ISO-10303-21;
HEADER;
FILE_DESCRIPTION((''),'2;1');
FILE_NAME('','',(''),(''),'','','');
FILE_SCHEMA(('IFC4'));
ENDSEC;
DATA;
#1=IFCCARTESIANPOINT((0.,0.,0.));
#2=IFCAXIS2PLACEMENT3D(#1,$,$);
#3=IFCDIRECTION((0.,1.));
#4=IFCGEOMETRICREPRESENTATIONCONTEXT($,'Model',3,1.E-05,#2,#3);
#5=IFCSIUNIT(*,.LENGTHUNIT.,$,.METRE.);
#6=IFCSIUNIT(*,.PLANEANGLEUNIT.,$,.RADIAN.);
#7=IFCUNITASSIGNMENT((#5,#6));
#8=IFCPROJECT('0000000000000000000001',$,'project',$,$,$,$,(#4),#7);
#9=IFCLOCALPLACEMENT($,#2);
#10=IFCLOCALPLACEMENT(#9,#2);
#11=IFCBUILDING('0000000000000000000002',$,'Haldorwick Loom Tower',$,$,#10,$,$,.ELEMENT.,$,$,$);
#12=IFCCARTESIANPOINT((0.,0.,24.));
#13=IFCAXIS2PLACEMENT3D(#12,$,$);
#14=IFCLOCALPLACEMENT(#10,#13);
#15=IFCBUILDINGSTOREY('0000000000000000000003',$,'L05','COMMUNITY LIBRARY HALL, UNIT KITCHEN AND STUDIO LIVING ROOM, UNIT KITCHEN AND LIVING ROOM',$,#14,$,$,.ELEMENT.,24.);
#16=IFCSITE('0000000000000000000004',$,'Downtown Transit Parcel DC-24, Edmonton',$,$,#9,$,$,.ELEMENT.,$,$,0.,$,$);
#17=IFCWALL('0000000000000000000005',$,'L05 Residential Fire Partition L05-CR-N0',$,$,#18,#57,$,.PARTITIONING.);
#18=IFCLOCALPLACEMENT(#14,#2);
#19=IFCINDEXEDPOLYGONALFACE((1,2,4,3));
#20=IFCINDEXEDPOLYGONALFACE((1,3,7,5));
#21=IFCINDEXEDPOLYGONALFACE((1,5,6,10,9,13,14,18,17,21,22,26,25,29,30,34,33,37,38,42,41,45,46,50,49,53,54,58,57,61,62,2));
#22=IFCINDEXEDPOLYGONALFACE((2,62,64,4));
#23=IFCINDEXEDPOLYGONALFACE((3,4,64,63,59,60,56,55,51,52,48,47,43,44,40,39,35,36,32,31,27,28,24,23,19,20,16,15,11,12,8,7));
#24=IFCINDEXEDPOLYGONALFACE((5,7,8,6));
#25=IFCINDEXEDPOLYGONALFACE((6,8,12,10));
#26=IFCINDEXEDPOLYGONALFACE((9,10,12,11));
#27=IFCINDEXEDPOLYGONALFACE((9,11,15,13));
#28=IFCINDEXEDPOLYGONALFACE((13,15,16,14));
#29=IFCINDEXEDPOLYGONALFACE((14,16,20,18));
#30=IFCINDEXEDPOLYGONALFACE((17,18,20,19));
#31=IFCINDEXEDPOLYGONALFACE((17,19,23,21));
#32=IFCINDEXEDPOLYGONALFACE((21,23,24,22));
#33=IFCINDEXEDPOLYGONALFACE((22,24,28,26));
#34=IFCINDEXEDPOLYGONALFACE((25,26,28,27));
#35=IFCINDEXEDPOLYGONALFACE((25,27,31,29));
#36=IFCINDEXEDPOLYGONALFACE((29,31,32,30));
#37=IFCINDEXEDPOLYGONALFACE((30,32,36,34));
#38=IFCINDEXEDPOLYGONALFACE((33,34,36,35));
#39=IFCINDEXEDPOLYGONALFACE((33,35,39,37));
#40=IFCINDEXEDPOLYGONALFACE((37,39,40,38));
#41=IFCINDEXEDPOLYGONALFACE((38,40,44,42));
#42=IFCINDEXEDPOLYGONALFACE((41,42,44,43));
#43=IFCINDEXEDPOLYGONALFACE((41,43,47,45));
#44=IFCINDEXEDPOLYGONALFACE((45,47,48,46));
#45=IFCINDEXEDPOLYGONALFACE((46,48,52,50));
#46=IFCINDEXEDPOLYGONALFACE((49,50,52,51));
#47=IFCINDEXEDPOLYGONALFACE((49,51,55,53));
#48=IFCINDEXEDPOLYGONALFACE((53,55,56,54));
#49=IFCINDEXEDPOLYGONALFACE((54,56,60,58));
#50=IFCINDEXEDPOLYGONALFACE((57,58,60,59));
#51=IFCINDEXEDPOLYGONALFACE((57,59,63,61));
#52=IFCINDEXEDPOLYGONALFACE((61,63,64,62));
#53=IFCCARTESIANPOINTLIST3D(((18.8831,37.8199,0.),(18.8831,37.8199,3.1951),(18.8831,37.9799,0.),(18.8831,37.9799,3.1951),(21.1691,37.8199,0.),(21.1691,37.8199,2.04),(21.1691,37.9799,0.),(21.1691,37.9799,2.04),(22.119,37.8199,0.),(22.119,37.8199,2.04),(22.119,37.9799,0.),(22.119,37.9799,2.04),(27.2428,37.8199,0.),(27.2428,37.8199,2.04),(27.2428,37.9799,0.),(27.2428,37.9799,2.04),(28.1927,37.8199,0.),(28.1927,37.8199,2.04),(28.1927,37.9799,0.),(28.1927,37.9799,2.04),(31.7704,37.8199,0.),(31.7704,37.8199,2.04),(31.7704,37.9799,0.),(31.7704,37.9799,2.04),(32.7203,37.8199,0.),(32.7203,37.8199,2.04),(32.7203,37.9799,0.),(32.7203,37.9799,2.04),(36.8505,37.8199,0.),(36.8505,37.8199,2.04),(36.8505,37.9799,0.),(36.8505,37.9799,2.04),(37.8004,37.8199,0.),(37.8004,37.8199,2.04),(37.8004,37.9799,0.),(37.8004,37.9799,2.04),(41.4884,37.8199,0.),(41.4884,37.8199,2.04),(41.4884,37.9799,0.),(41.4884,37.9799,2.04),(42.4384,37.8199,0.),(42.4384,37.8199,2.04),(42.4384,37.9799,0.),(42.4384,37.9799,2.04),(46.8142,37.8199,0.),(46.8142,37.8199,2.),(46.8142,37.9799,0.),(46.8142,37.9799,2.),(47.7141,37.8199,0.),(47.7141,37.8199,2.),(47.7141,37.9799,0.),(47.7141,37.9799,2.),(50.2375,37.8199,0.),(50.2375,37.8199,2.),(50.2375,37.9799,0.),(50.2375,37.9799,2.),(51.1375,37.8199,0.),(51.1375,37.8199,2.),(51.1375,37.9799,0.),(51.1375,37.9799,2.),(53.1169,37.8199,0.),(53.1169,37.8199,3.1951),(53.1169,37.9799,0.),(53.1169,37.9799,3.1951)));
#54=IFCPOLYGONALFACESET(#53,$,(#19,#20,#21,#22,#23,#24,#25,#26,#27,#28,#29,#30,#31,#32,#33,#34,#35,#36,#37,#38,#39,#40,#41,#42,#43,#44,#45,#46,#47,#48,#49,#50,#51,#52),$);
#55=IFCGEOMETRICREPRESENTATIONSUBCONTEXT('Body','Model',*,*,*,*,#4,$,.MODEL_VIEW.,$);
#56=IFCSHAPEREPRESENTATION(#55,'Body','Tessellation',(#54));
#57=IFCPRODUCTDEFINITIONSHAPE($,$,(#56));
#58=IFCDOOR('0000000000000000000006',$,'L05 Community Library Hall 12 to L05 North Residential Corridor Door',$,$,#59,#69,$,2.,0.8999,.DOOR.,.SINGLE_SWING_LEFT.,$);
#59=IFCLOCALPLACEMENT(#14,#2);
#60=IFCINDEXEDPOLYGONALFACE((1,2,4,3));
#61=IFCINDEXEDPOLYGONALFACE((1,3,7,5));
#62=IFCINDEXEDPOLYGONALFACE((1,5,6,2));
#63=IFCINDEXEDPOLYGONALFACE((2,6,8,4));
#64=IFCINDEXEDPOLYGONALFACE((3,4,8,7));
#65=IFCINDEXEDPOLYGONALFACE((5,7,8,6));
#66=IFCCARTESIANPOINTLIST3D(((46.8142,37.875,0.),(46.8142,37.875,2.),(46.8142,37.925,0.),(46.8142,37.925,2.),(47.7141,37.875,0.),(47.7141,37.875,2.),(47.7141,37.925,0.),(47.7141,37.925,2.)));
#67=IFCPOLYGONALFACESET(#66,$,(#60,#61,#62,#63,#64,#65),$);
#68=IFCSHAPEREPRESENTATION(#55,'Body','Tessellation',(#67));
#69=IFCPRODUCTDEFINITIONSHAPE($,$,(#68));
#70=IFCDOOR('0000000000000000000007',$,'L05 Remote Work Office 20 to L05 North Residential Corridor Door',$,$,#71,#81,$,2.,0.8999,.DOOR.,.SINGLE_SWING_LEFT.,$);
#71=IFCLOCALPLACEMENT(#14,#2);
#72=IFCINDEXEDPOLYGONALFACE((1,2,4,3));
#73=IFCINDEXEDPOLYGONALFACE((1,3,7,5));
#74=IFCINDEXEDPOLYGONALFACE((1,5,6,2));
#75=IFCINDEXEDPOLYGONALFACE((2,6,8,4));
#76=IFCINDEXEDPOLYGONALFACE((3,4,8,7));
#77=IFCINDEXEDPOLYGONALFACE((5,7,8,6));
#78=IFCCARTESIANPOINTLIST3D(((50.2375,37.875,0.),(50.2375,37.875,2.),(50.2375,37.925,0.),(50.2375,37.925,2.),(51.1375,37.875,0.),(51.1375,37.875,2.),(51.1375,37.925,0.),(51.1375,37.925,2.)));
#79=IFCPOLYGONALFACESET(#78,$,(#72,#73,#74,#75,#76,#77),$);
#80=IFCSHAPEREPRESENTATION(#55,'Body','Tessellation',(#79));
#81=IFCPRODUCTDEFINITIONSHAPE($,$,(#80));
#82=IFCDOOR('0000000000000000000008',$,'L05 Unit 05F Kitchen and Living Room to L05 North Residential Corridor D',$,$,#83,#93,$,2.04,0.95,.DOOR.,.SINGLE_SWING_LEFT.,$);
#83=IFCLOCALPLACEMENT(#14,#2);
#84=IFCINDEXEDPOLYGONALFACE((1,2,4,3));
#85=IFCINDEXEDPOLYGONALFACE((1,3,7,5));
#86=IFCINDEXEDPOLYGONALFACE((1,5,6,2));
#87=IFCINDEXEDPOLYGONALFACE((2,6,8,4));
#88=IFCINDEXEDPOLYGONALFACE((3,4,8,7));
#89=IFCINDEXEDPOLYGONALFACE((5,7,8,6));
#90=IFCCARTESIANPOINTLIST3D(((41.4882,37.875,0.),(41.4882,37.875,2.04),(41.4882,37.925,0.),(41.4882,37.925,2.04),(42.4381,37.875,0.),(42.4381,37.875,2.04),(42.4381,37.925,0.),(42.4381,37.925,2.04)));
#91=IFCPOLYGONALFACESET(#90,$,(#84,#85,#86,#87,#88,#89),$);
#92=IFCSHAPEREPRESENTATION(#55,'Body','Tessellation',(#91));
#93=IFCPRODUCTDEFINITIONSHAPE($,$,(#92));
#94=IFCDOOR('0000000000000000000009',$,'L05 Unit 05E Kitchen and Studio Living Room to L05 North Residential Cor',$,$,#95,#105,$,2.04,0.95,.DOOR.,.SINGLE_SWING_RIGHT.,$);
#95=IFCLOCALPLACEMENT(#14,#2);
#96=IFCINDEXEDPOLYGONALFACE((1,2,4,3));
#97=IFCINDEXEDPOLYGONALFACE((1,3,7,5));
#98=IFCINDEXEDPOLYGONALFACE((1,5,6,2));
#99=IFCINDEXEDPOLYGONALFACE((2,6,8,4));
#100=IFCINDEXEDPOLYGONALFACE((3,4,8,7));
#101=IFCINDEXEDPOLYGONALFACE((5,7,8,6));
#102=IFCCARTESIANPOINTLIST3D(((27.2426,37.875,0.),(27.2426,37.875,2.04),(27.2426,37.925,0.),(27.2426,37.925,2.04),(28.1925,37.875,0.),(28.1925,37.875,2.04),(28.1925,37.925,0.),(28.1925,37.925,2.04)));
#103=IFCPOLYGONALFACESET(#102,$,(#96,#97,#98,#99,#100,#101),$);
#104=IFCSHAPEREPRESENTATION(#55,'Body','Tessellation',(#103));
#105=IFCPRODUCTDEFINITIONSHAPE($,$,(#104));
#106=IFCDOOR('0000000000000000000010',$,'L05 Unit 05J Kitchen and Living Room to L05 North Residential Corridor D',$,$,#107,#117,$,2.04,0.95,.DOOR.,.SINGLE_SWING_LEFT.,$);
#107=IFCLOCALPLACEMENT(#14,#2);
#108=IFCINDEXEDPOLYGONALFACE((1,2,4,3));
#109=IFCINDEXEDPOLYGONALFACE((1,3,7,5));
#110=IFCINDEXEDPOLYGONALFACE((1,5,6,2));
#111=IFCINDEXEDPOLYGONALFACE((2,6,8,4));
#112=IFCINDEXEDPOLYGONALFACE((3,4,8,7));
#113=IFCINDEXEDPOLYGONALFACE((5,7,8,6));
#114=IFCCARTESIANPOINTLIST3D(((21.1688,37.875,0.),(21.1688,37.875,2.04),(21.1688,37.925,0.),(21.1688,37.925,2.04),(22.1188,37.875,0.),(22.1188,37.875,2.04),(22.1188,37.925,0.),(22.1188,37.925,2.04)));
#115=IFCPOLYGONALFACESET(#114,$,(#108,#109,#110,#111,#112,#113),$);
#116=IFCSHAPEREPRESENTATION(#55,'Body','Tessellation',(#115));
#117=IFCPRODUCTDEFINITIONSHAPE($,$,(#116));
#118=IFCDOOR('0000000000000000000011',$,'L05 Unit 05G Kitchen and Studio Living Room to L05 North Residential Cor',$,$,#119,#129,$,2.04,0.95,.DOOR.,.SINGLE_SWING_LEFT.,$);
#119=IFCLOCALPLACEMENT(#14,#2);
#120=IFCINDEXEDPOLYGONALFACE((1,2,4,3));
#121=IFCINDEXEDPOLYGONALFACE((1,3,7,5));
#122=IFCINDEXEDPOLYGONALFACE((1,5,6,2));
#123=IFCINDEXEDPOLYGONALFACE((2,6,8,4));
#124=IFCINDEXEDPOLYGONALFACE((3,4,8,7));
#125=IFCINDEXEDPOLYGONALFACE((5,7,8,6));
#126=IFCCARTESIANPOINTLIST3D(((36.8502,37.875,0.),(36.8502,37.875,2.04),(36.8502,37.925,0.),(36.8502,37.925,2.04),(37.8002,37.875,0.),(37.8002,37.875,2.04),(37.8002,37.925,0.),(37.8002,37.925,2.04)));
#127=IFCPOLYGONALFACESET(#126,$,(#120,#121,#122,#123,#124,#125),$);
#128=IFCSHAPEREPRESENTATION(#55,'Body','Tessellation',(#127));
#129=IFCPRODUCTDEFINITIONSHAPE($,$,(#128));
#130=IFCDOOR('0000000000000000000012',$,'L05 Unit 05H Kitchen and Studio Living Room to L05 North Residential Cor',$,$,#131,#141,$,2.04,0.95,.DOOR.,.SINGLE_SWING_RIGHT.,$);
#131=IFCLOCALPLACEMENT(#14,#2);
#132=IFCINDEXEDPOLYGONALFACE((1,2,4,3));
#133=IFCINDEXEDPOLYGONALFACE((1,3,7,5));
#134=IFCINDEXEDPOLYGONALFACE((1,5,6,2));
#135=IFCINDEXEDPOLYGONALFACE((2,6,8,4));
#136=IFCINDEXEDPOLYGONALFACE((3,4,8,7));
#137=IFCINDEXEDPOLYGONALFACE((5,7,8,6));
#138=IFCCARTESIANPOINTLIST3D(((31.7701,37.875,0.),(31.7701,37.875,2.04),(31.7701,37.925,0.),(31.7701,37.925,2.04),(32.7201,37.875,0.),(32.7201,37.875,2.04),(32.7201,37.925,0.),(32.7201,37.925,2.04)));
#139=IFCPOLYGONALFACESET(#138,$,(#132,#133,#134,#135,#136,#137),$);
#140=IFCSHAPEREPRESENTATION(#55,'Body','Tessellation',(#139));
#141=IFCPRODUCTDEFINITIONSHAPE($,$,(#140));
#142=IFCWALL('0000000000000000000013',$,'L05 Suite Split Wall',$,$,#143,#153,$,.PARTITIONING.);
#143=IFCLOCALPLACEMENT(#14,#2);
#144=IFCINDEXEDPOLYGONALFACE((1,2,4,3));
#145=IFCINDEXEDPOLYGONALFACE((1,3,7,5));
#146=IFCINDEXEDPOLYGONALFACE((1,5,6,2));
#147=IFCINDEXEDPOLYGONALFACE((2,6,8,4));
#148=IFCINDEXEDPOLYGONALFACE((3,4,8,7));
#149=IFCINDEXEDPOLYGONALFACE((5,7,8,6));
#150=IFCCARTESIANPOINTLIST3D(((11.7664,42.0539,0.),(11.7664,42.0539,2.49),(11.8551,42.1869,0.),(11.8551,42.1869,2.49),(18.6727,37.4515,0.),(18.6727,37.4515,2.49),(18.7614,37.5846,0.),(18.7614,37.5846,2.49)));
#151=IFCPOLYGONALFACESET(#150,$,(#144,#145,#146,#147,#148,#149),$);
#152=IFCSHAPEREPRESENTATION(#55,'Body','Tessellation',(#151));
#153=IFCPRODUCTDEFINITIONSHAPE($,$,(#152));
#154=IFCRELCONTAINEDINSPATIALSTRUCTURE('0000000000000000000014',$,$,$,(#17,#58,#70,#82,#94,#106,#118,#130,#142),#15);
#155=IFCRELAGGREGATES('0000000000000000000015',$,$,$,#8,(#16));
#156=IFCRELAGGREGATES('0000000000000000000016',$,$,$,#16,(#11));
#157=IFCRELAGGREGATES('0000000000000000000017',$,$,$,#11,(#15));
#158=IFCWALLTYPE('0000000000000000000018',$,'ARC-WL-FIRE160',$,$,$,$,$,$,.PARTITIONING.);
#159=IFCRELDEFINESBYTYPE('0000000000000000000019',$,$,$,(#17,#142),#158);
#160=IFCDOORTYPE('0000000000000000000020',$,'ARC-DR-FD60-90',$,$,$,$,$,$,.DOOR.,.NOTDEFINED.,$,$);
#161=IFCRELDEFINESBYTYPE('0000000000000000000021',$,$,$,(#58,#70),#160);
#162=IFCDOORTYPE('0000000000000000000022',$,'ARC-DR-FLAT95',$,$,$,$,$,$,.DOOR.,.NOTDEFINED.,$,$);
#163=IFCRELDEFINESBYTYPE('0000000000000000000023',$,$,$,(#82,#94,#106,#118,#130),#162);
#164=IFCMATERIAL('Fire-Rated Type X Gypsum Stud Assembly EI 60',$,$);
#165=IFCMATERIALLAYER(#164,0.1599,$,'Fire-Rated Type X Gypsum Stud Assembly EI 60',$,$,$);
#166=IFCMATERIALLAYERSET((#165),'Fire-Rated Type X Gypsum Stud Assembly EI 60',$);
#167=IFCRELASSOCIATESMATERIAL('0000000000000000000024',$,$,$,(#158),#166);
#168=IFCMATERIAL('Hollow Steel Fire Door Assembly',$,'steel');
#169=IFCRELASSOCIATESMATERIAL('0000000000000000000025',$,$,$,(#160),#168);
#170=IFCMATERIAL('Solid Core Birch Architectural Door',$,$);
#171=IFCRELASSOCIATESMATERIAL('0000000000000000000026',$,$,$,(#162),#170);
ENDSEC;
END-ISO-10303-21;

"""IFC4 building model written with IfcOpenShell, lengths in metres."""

from ifc_helpers import new_model, si_unit, direction, frame, frame_2d, origin, place, context, subcontext, project, spatial, rectangle, extrude, material, layer, layer_set, type_object, element, fill, save


model = new_model("IFC4")

# Units and contexts
model_context = context("Model", 3, precision=1e-05, world=origin(), true_north=direction((0.0, 1.0)))
body_context = subcontext(model_context, "Body", "Model", "MODEL_VIEW")
ifc_project = project(units=[si_unit("LENGTHUNIT", "METRE"), si_unit("PLANEANGLEUNIT", "RADIAN")], contexts=[model_context])

# Site, building, storey
site_placement = place(None, origin())
site = spatial("IfcSite", under=ifc_project, at=site_placement, Name="Downtown Transit Parcel DC-24, Edmonton", CompositionType="ELEMENT", RefElevation=0.0)
building_placement = place(site_placement, origin())
building = spatial("IfcBuilding", under=site, at=building_placement, Name="Haldorwick Loom Tower", CompositionType="ELEMENT")
storey_placement = place(building_placement, frame((0.0, 0.0, 24.0)))
storey = spatial("IfcBuildingStorey", under=building, at=storey_placement, Name="L05", Description="COMMUNITY LIBRARY HALL, UNIT KITCHEN AND STUDIO LIVING ROOM, UNIT KITCHEN AND LIVING ROOM", CompositionType="ELEMENT", Elevation=24.0)

# Wall, openings, doors
ifc_material_1 = material(Name="Fire-Rated Type X Gypsum Stud Assembly EI 60")
ifc_layer_1 = layer(ifc_material_1, 0.1599, Name="Fire-Rated Type X Gypsum Stud Assembly EI 60")
ifc_layer_set_1 = layer_set([ifc_layer_1], Name="Fire-Rated Type X Gypsum Stud Assembly EI 60")
wall_type_1 = type_object("IfcWallType", Name="ARC-WL-FIRE160", PredefinedType="PARTITIONING", material=ifc_layer_set_1)
wall_1_placement = place(storey_placement, frame((18.8831, 37.8999, 0.0), z_axis=(0.0, 0.0, 1.0), x_axis=(1.0, 0.0, 0.0)))
wall_1 = element("IfcWall", 1, at=wall_1_placement, inside=storey, type_object=wall_type_1, Name="L05 Residential Fire Partition L05-CR-N0", PredefinedType="PARTITIONING", context=body_context, shape_type="SweptSolid", body=[
    extrude(rectangle(XDim=34.2339, YDim=0.1599, at=frame_2d((17.1169, 0.0))), origin(), (0.0, 0.0, 1.0), 3.1951),
])
opening_1_placement = place(wall_1_placement, frame((22.6052, 0.0, 0.0)))
opening_1 = element("IfcOpeningElement", 2, at=opening_1_placement, cuts=wall_1, PredefinedType="OPENING", context=body_context, shape_type="SweptSolid", body=[
    extrude(rectangle(XDim=0.95, YDim=2.04, at=frame_2d((0.4751, 1.02))), frame((0.0, 0.0898, 0.0), z_axis=(0.0, -1.0, 0.0), x_axis=(1.0, 0.0, 0.0)), (0.0, 0.0, 1.0), 0.1799),
])
opening_2_placement = place(wall_1_placement, frame((8.3596, 0.0, 0.0)))
opening_2 = element("IfcOpeningElement", 3, at=opening_2_placement, cuts=wall_1, PredefinedType="OPENING", context=body_context, shape_type="SweptSolid", body=[
    extrude(rectangle(XDim=0.95, YDim=2.04, at=frame_2d((0.4751, 1.02))), frame((0.0, 0.0898, 0.0), z_axis=(0.0, -1.0, 0.0), x_axis=(1.0, 0.0, 0.0)), (0.0, 0.0, 1.0), 0.1799),
])
opening_3_placement = place(wall_1_placement, frame((2.2859, 0.0, 0.0)))
opening_3 = element("IfcOpeningElement", 4, at=opening_3_placement, cuts=wall_1, PredefinedType="OPENING", context=body_context, shape_type="SweptSolid", body=[
    extrude(rectangle(XDim=0.95, YDim=2.04, at=frame_2d((0.4751, 1.02))), frame((0.0, 0.0898, 0.0), z_axis=(0.0, -1.0, 0.0), x_axis=(1.0, 0.0, 0.0)), (0.0, 0.0, 1.0), 0.1799),
])
opening_4_placement = place(wall_1_placement, frame((27.9312, 0.0, 0.0)))
opening_4 = element("IfcOpeningElement", 5, at=opening_4_placement, cuts=wall_1, PredefinedType="OPENING", context=body_context, shape_type="SweptSolid", body=[
    extrude(rectangle(XDim=0.8999, YDim=2.0, at=frame_2d((0.45, 1.0))), frame((0.0, 0.0898, 0.0), z_axis=(0.0, -1.0, 0.0), x_axis=(1.0, 0.0, 0.0)), (0.0, 0.0, 1.0), 0.1799),
])
opening_5_placement = place(wall_1_placement, frame((31.3545, 0.0, 0.0)))
opening_5 = element("IfcOpeningElement", 6, at=opening_5_placement, cuts=wall_1, PredefinedType="OPENING", context=body_context, shape_type="SweptSolid", body=[
    extrude(rectangle(XDim=0.8999, YDim=2.0, at=frame_2d((0.45, 1.0))), frame((0.0, 0.0898, 0.0), z_axis=(0.0, -1.0, 0.0), x_axis=(1.0, 0.0, 0.0)), (0.0, 0.0, 1.0), 0.1799),
])
opening_6_placement = place(wall_1_placement, frame((17.9673, 0.0, 0.0)))
opening_6 = element("IfcOpeningElement", 7, at=opening_6_placement, cuts=wall_1, PredefinedType="OPENING", context=body_context, shape_type="SweptSolid", body=[
    extrude(rectangle(XDim=0.95, YDim=2.04, at=frame_2d((0.4751, 1.02))), frame((0.0, 0.0898, 0.0), z_axis=(0.0, -1.0, 0.0), x_axis=(1.0, 0.0, 0.0)), (0.0, 0.0, 1.0), 0.1799),
])
opening_7_placement = place(wall_1_placement, frame((12.8872, 0.0, 0.0)))
opening_7 = element("IfcOpeningElement", 8, at=opening_7_placement, cuts=wall_1, PredefinedType="OPENING", context=body_context, shape_type="SweptSolid", body=[
    extrude(rectangle(XDim=0.95, YDim=2.04, at=frame_2d((0.4751, 1.02))), frame((0.0, 0.0898, 0.0), z_axis=(0.0, -1.0, 0.0), x_axis=(1.0, 0.0, 0.0)), (0.0, 0.0, 1.0), 0.1799),
])
ifc_material_2 = material(Name="Hollow Steel Fire Door Assembly", Category="steel")
door_type_1 = type_object("IfcDoorType", Name="ARC-DR-FD60-90", OperationType="NOTDEFINED", PredefinedType="DOOR", material=ifc_material_2)
door_1_placement = place(opening_4_placement, frame((0.8999, 0.0, 0.0), z_axis=(0.0, 0.0, 1.0), x_axis=(-1.0, 0.0, 0.0)))
door_1 = element("IfcDoor", 9, at=door_1_placement, inside=storey, type_object=door_type_1, Name="L05 Community Library Hall 12 to L05 North Residential Corridor Door", OperationType="SINGLE_SWING_LEFT", OverallHeight=2.0, OverallWidth=0.8999, PredefinedType="DOOR", context=body_context, shape_type="SweptSolid", body=[
    extrude(rectangle(XDim=0.8999, YDim=2.0, at=frame_2d((0.45, 1.0))), frame((0.0, 0.0249, 0.0), z_axis=(0.0, -1.0, 0.0), x_axis=(1.0, 0.0, 0.0)), (0.0, 0.0, 1.0), 0.05),
])
fill(opening_4, door_1)
door_2_placement = place(opening_5_placement, frame((0.8999, 0.0, 0.0), z_axis=(0.0, 0.0, 1.0), x_axis=(-1.0, 0.0, 0.0)))
door_2 = element("IfcDoor", 10, at=door_2_placement, inside=storey, type_object=door_type_1, Name="L05 Remote Work Office 20 to L05 North Residential Corridor Door", OperationType="SINGLE_SWING_LEFT", OverallHeight=2.0, OverallWidth=0.8999, PredefinedType="DOOR", context=body_context, shape_type="SweptSolid", body=[
    extrude(rectangle(XDim=0.8999, YDim=2.0, at=frame_2d((0.45, 1.0))), frame((0.0, 0.0249, 0.0), z_axis=(0.0, -1.0, 0.0), x_axis=(1.0, 0.0, 0.0)), (0.0, 0.0, 1.0), 0.05),
])
fill(opening_5, door_2)
ifc_material_3 = material(Name="Solid Core Birch Architectural Door")
door_type_2 = type_object("IfcDoorType", Name="ARC-DR-FLAT95", OperationType="NOTDEFINED", PredefinedType="DOOR", material=ifc_material_3)
door_3_placement = place(opening_1_placement, frame((0.95, 0.0, 0.0), z_axis=(0.0, 0.0, 1.0), x_axis=(-1.0, 0.0, 0.0)))
door_3 = element("IfcDoor", 11, at=door_3_placement, inside=storey, type_object=door_type_2, Name="L05 Unit 05F Kitchen and Living Room to L05 North Residential Corridor D", OperationType="SINGLE_SWING_LEFT", OverallHeight=2.04, OverallWidth=0.95, PredefinedType="DOOR", context=body_context, shape_type="SweptSolid", body=[
    extrude(rectangle(XDim=0.95, YDim=2.04, at=frame_2d((0.4751, 1.02))), frame((0.0, 0.0249, 0.0), z_axis=(0.0, -1.0, 0.0), x_axis=(1.0, 0.0, 0.0)), (0.0, 0.0, 1.0), 0.05),
])
fill(opening_1, door_3)
door_4_placement = place(opening_2_placement, frame((0.95, 0.0, 0.0), z_axis=(0.0, 0.0, 1.0), x_axis=(-1.0, 0.0, 0.0)))
door_4 = element("IfcDoor", 12, at=door_4_placement, inside=storey, type_object=door_type_2, Name="L05 Unit 05E Kitchen and Studio Living Room to L05 North Residential Cor", OperationType="SINGLE_SWING_RIGHT", OverallHeight=2.04, OverallWidth=0.95, PredefinedType="DOOR", context=body_context, shape_type="SweptSolid", body=[
    extrude(rectangle(XDim=0.95, YDim=2.04, at=frame_2d((0.4751, 1.02))), frame((0.0, 0.0249, 0.0), z_axis=(0.0, -1.0, 0.0), x_axis=(1.0, 0.0, 0.0)), (0.0, 0.0, 1.0), 0.05),
])
fill(opening_2, door_4)
door_5_placement = place(opening_3_placement, frame((0.95, 0.0, 0.0), z_axis=(0.0, 0.0, 1.0), x_axis=(-1.0, 0.0, 0.0)))
door_5 = element("IfcDoor", 13, at=door_5_placement, inside=storey, type_object=door_type_2, Name="L05 Unit 05J Kitchen and Living Room to L05 North Residential Corridor D", OperationType="SINGLE_SWING_LEFT", OverallHeight=2.04, OverallWidth=0.95, PredefinedType="DOOR", context=body_context, shape_type="SweptSolid", body=[
    extrude(rectangle(XDim=0.95, YDim=2.04, at=frame_2d((0.4751, 1.02))), frame((0.0, 0.0249, 0.0), z_axis=(0.0, -1.0, 0.0), x_axis=(1.0, 0.0, 0.0)), (0.0, 0.0, 1.0), 0.05),
])
fill(opening_3, door_5)
door_6_placement = place(opening_6_placement, frame((0.95, 0.0, 0.0), z_axis=(0.0, 0.0, 1.0), x_axis=(-1.0, 0.0, 0.0)))
door_6 = element("IfcDoor", 14, at=door_6_placement, inside=storey, type_object=door_type_2, Name="L05 Unit 05G Kitchen and Studio Living Room to L05 North Residential Cor", OperationType="SINGLE_SWING_LEFT", OverallHeight=2.04, OverallWidth=0.95, PredefinedType="DOOR", context=body_context, shape_type="SweptSolid", body=[
    extrude(rectangle(XDim=0.95, YDim=2.04, at=frame_2d((0.4751, 1.02))), frame((0.0, 0.0249, 0.0), z_axis=(0.0, -1.0, 0.0), x_axis=(1.0, 0.0, 0.0)), (0.0, 0.0, 1.0), 0.05),
])
fill(opening_6, door_6)
door_7_placement = place(opening_7_placement, frame((0.95, 0.0, 0.0), z_axis=(0.0, 0.0, 1.0), x_axis=(-1.0, 0.0, 0.0)))
door_7 = element("IfcDoor", 15, at=door_7_placement, inside=storey, type_object=door_type_2, Name="L05 Unit 05H Kitchen and Studio Living Room to L05 North Residential Cor", OperationType="SINGLE_SWING_RIGHT", OverallHeight=2.04, OverallWidth=0.95, PredefinedType="DOOR", context=body_context, shape_type="SweptSolid", body=[
    extrude(rectangle(XDim=0.95, YDim=2.04, at=frame_2d((0.4751, 1.02))), frame((0.0, 0.0249, 0.0), z_axis=(0.0, -1.0, 0.0), x_axis=(1.0, 0.0, 0.0)), (0.0, 0.0, 1.0), 0.05),
])
fill(opening_7, door_7)

# Wall
wall_2_placement = place(storey_placement, frame((18.717, 37.5181, 0.0), z_axis=(0.0, 0.0, 1.0), x_axis=(-0.832154, 0.554544, 0.0)))
element("IfcWall", 16, at=wall_2_placement, inside=storey, type_object=wall_type_1, Name="L05 Suite Split Wall", PredefinedType="PARTITIONING", context=body_context, shape_type="SweptSolid", body=[
    extrude(rectangle(XDim=8.2993, YDim=0.1599, at=frame_2d((4.1497, 0.0))), origin(), (0.0, 0.0, 1.0), 2.49),
])

save(model, "model.ifc")
